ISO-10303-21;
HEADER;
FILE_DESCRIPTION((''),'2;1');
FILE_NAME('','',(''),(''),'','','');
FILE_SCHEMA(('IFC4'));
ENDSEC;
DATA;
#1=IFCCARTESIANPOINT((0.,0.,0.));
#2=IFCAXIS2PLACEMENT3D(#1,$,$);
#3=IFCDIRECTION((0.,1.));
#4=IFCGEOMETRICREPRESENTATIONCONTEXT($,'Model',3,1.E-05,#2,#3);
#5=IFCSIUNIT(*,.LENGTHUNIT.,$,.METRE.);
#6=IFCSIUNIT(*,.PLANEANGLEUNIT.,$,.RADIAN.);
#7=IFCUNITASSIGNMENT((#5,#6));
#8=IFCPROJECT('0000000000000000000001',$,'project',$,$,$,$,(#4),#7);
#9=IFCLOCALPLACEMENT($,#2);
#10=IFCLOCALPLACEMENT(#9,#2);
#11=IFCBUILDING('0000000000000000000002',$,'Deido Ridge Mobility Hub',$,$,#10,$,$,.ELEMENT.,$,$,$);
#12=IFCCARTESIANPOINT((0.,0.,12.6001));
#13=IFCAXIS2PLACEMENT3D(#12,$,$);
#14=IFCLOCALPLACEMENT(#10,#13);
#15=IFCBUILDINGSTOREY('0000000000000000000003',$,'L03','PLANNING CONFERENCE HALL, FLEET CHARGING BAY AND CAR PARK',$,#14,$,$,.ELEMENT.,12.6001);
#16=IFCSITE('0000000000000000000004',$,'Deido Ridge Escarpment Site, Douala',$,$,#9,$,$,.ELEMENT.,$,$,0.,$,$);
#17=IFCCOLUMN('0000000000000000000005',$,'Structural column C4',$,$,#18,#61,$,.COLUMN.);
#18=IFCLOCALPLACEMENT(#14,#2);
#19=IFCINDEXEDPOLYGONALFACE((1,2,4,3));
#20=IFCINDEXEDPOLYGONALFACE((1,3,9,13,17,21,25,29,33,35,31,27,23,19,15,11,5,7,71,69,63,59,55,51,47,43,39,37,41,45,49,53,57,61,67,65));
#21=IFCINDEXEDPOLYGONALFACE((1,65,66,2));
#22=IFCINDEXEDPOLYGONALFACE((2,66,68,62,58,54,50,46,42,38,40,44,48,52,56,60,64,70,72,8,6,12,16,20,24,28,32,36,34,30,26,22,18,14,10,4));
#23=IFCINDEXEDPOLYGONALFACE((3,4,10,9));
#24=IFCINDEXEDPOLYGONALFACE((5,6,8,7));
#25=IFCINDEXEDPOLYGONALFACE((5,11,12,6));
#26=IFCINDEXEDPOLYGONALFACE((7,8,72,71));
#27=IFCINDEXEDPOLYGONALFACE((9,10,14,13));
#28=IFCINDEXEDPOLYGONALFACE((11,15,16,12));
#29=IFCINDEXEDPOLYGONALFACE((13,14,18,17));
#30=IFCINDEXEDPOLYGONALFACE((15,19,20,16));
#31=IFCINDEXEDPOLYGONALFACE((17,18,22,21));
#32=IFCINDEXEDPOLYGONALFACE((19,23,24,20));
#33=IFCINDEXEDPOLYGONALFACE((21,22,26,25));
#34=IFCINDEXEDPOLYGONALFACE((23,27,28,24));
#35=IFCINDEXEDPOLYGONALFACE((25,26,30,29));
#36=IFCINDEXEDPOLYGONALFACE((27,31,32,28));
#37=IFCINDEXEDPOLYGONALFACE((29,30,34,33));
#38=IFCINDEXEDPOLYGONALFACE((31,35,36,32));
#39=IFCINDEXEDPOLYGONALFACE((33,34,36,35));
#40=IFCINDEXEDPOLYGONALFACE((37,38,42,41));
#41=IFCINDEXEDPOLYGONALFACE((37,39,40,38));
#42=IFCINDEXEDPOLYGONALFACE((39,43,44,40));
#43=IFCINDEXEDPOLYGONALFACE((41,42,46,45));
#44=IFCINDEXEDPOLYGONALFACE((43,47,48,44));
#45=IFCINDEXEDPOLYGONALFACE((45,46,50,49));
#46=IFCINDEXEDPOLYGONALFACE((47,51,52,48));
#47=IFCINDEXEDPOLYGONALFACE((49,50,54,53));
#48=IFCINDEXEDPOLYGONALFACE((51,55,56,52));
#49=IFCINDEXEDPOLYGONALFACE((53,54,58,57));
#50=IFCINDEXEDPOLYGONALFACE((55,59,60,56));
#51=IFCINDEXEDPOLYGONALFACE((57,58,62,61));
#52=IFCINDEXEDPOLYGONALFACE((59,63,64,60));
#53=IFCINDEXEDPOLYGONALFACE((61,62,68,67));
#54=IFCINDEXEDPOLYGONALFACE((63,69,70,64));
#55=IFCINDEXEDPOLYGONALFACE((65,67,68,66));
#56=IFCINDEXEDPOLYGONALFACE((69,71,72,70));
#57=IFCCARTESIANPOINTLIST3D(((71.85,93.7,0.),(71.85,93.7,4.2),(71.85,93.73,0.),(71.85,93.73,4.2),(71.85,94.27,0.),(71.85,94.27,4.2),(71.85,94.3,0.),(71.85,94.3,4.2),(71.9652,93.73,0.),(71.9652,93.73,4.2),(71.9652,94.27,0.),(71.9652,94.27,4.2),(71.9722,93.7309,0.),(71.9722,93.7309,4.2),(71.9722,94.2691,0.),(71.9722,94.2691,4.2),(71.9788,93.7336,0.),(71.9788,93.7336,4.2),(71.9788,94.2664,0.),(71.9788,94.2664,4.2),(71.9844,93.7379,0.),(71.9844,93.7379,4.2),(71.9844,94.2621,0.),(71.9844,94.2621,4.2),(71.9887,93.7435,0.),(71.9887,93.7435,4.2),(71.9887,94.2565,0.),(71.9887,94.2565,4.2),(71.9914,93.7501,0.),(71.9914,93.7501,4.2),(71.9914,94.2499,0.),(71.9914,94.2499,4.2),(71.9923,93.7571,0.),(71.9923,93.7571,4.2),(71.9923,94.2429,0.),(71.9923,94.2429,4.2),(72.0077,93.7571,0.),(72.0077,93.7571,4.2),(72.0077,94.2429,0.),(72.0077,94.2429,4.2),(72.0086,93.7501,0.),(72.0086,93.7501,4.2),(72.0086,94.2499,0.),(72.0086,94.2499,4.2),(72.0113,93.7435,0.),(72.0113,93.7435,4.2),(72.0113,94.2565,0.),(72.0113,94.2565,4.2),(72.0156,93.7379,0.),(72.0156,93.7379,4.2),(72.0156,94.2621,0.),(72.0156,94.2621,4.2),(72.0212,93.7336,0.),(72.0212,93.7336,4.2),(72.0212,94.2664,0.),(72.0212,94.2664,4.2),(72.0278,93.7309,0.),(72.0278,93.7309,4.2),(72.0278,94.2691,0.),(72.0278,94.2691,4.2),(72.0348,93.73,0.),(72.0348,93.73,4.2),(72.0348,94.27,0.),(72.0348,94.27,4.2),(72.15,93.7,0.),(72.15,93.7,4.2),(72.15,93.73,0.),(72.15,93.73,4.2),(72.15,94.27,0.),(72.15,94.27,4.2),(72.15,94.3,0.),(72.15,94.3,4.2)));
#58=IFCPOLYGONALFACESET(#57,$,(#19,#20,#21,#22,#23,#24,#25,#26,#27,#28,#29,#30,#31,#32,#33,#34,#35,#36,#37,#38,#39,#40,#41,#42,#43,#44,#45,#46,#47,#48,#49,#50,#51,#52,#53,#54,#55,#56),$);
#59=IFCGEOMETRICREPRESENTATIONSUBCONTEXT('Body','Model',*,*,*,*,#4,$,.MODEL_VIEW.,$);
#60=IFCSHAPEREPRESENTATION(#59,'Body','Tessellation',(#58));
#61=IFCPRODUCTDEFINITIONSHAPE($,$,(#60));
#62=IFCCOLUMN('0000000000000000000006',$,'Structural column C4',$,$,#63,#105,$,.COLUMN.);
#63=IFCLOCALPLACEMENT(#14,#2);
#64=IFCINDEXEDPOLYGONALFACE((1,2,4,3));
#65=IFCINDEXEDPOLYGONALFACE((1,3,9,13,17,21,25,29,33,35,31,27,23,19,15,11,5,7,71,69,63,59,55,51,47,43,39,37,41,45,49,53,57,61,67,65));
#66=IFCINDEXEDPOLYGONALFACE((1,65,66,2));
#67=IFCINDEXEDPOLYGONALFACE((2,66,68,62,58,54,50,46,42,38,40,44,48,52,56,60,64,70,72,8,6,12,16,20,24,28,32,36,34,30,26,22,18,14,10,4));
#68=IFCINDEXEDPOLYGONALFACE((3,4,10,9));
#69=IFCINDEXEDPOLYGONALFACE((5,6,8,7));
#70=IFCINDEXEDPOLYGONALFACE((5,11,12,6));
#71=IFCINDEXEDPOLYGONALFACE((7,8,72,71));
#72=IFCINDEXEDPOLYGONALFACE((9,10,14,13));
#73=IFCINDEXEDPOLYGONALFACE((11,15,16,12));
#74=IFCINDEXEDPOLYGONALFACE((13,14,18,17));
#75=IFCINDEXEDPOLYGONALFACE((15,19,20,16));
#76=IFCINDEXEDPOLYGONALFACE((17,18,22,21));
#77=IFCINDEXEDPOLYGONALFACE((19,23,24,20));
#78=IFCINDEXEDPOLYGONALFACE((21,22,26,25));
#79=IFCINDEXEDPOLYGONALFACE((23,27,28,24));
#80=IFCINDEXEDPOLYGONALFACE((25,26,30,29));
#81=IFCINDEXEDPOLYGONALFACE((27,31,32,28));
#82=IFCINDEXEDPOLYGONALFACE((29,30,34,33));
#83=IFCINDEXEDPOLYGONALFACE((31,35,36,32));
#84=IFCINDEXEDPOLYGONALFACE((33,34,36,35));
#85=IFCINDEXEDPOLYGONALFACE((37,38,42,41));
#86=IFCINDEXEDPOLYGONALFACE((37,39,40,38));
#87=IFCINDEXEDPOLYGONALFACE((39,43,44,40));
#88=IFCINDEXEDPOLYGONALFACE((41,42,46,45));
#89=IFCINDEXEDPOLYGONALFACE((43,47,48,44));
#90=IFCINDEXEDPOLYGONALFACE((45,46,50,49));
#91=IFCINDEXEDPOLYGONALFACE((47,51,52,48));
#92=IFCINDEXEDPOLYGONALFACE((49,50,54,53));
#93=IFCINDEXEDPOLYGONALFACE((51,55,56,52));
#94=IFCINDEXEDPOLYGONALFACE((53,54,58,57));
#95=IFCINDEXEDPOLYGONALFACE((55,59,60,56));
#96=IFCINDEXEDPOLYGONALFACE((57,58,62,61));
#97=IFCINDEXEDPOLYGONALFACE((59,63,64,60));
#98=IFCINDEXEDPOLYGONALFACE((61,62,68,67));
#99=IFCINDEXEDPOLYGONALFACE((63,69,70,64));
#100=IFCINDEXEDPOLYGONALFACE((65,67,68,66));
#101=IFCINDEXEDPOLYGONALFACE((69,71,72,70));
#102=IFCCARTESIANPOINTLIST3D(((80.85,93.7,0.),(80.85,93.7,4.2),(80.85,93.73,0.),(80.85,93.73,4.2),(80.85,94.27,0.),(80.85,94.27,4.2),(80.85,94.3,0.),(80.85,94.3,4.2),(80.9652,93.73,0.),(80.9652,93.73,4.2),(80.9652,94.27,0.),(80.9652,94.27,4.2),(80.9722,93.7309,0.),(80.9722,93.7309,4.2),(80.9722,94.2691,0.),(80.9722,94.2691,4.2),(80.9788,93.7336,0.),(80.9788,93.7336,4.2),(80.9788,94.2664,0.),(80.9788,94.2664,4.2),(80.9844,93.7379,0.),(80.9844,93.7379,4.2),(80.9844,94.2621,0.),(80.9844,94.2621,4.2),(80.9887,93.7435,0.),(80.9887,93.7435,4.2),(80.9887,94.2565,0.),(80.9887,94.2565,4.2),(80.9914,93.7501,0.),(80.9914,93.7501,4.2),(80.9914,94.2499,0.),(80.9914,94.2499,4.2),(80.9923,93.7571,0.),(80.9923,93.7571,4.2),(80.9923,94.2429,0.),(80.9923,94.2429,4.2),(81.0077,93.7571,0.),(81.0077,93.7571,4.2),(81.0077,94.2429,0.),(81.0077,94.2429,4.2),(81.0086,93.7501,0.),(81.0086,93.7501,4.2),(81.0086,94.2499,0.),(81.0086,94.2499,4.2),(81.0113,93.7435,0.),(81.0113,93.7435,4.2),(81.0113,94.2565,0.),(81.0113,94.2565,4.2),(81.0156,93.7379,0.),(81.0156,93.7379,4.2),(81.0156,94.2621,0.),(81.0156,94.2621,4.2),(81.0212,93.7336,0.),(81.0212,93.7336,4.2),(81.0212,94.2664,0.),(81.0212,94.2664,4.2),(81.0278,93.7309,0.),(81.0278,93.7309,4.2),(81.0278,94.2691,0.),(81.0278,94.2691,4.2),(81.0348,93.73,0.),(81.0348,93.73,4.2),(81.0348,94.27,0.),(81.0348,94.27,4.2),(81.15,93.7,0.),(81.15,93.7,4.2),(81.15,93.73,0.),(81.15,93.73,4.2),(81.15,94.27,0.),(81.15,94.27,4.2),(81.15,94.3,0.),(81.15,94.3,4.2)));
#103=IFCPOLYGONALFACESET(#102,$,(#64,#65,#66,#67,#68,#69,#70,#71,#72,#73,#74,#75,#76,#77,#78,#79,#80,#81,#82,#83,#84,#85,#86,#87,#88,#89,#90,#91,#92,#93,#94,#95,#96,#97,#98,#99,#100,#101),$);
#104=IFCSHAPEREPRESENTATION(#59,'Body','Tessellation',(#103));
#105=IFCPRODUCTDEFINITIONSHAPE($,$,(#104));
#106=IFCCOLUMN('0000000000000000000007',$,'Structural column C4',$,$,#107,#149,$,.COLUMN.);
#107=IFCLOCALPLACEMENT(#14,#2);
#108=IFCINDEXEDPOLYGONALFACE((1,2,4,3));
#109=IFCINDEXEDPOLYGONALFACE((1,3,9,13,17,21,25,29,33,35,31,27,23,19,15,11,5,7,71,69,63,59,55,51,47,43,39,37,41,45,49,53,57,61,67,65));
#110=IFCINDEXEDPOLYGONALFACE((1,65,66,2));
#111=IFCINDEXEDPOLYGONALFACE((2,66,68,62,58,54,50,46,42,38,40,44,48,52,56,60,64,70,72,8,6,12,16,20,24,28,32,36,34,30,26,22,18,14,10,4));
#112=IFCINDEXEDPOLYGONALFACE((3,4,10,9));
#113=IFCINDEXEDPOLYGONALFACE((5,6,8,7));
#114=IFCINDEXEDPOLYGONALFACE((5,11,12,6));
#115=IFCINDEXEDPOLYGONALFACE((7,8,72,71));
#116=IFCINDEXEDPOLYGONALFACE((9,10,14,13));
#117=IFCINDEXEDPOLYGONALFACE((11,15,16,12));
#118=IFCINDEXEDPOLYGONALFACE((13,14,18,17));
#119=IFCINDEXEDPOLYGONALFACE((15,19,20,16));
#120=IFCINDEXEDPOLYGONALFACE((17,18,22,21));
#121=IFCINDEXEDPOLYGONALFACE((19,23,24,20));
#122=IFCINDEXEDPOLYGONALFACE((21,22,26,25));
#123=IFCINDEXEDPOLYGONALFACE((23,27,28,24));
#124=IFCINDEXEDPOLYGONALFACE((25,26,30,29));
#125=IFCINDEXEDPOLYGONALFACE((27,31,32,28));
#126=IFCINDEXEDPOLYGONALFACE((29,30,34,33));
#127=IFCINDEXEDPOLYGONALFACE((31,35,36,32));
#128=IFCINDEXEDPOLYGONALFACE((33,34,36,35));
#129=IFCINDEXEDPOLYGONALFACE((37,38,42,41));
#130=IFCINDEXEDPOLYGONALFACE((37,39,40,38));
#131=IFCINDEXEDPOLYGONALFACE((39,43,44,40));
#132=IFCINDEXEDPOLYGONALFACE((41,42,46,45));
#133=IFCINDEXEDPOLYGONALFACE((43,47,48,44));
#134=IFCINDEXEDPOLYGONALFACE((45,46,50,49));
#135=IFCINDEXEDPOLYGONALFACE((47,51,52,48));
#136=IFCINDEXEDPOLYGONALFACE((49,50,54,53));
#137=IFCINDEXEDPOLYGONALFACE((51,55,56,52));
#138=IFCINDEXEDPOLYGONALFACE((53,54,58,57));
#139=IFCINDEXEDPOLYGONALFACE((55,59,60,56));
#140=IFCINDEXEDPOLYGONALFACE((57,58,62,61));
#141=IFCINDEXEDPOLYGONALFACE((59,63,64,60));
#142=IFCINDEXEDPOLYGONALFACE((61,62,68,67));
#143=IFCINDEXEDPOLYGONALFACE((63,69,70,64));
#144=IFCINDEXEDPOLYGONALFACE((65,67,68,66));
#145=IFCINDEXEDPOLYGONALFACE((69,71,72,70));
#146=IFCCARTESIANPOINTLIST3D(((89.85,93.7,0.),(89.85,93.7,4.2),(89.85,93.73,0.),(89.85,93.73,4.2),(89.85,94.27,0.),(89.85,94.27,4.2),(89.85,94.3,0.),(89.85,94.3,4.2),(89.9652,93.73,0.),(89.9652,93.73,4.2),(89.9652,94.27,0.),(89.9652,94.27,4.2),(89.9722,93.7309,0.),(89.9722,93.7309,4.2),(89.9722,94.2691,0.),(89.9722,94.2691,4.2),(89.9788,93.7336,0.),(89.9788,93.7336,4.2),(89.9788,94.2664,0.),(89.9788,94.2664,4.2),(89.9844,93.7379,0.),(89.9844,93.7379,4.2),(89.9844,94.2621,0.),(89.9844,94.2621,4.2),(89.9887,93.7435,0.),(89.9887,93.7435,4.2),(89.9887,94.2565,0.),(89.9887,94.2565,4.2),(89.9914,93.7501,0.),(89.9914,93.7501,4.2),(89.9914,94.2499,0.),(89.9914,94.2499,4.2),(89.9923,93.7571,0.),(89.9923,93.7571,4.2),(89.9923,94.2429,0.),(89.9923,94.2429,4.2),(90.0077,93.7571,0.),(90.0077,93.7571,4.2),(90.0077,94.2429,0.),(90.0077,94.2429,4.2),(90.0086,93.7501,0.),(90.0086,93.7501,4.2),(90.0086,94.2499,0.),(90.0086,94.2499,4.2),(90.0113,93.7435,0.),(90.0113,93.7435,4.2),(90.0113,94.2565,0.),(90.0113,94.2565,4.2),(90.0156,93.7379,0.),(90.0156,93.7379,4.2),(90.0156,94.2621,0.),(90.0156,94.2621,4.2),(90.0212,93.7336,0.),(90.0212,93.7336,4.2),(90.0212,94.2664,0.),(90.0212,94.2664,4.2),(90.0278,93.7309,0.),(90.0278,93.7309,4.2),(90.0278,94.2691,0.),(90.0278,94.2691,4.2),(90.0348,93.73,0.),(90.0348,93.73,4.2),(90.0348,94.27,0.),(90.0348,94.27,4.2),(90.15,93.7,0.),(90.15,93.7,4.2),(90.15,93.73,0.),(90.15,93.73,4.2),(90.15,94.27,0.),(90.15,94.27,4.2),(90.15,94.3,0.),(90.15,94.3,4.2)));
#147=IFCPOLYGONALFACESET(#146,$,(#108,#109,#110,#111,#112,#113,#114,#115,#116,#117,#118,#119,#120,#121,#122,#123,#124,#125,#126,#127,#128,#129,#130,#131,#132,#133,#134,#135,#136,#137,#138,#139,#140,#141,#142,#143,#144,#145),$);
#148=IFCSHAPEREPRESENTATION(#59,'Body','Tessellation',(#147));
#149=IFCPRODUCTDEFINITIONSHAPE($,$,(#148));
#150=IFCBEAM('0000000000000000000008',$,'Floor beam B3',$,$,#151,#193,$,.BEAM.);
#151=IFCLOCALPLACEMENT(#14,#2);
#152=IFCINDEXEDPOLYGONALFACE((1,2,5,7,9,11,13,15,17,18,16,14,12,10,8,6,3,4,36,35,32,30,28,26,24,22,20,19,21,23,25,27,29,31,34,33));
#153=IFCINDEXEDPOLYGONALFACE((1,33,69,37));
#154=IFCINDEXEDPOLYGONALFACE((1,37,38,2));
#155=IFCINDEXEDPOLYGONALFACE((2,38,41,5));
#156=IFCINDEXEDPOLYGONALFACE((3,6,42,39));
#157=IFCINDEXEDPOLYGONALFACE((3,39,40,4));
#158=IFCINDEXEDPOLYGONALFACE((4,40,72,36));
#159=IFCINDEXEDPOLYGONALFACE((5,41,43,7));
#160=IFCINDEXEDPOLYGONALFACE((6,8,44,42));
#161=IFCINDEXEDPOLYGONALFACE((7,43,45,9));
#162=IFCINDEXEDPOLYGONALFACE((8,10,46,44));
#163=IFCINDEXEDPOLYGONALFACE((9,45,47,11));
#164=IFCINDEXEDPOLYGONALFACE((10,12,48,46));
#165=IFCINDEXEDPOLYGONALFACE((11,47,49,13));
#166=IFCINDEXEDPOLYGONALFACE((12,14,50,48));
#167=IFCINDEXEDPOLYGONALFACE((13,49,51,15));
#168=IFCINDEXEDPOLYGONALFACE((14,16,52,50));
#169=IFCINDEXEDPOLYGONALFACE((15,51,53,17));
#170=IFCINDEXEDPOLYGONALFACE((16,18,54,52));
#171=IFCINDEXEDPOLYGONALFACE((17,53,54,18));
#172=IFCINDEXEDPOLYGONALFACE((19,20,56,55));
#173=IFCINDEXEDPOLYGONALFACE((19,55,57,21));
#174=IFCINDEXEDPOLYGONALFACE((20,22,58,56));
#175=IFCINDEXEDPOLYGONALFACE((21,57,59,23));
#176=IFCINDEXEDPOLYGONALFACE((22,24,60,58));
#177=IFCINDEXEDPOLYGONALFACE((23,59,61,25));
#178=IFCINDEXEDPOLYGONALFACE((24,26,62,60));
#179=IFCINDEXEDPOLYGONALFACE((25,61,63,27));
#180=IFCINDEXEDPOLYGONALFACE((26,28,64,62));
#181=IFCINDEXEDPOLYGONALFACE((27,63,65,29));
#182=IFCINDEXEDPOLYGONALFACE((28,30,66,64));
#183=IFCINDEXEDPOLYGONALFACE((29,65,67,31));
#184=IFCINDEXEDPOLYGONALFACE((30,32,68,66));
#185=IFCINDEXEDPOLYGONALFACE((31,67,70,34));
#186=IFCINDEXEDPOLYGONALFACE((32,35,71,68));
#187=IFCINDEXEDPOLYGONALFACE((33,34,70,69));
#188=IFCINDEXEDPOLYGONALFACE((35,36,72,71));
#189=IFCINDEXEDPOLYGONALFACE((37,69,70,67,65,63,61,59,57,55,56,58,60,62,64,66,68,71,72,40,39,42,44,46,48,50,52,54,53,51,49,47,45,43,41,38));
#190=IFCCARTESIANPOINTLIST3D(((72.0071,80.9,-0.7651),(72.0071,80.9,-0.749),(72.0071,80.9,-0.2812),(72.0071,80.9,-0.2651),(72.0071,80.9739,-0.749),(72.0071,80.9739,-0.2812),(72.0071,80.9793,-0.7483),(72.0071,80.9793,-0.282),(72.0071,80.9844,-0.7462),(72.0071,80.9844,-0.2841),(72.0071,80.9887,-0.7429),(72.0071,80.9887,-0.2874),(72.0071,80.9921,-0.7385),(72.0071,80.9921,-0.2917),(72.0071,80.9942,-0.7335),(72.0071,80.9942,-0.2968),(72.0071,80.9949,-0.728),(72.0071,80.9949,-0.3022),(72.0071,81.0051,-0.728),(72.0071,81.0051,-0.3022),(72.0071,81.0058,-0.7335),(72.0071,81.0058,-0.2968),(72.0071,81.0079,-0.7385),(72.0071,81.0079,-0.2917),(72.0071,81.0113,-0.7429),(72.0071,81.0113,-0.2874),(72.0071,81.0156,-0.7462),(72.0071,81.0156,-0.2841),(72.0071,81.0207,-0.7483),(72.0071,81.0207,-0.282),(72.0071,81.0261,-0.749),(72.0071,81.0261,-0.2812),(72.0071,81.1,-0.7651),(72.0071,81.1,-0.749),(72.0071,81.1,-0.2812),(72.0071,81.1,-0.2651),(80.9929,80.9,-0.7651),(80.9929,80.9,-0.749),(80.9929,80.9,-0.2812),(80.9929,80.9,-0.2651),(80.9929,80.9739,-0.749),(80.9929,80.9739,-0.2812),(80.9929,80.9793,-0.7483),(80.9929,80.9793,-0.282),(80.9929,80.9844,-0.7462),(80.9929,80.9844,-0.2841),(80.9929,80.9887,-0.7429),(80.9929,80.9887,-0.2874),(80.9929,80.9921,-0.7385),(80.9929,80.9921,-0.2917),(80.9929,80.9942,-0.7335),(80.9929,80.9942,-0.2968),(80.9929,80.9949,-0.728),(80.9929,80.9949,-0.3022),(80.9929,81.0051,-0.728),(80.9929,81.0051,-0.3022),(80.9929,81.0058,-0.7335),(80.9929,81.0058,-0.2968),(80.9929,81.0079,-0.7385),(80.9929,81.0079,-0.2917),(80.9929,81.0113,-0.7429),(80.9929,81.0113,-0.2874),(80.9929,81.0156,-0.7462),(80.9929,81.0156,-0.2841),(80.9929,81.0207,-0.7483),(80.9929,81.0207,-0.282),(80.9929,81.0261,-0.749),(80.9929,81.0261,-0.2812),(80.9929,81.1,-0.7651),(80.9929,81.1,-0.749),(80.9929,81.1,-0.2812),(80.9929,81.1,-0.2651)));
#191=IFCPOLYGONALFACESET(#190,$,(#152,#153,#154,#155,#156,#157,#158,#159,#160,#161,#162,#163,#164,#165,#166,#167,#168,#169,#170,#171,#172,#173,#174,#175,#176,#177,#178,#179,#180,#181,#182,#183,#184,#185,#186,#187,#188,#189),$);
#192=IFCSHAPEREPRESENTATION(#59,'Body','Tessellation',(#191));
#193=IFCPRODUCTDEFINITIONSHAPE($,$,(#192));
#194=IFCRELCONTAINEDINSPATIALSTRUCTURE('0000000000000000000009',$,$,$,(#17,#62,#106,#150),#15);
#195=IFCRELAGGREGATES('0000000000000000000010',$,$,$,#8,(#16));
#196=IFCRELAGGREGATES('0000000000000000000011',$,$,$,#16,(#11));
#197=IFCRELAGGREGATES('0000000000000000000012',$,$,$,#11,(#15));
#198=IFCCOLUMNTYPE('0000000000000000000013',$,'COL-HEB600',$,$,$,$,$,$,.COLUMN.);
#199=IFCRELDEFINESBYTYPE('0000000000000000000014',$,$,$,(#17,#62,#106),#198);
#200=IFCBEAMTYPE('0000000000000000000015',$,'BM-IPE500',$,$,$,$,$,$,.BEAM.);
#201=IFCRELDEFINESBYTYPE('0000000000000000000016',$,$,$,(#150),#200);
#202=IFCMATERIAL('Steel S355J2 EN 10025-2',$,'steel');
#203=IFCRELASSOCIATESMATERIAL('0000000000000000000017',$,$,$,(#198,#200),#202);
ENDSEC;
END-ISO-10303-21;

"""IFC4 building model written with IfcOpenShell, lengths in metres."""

from ifc_helpers import new_model, si_unit, direction, frame, origin, origin_2d, place, context, subcontext, project, spatial, i_section, extrude, material, material_profile, profile_set, type_object, element, save


model = new_model("IFC4")

# Units and contexts
model_context = context("Model", 3, precision=1e-05, world=origin(), true_north=direction((0.0, 1.0)))
body_context = subcontext(model_context, "Body", "Model", "MODEL_VIEW")
ifc_project = project(units=[si_unit("LENGTHUNIT", "METRE"), si_unit("PLANEANGLEUNIT", "RADIAN")], contexts=[model_context])

# Site, building, storey
site_placement = place(None, origin())
site = spatial("IfcSite", under=ifc_project, at=site_placement, Name="Deido Ridge Escarpment Site, Douala", CompositionType="ELEMENT", RefElevation=0.0)
building_placement = place(site_placement, origin())
building = spatial("IfcBuilding", under=site, at=building_placement, Name="Deido Ridge Mobility Hub", CompositionType="ELEMENT")
storey_placement = place(building_placement, frame((0.0, 0.0, 12.6001)))
storey = spatial("IfcBuildingStorey", under=building, at=storey_placement, Name="L03", Description="PLANNING CONFERENCE HALL, FLEET CHARGING BAY AND CAR PARK", CompositionType="ELEMENT", Elevation=12.6001)

# Columns
ifc_material_1 = material(Name="Steel S355J2 EN 10025-2", Category="steel")
ifc_material_profile_1 = material_profile(ifc_material_1, i_section(OverallWidth=0.3, OverallDepth=0.6001, WebThickness=0.0154, FlangeThickness=0.03, FilletRadius=0.0271, at=origin_2d()), Name="HEB 600")
ifc_profile_set_1 = profile_set([ifc_material_profile_1], Name="Steel S355J2 EN 10025-2")
column_type_1 = type_object("IfcColumnType", Name="COL-HEB600", PredefinedType="COLUMN", material=ifc_profile_set_1)
for number, where, z_axis, x_axis, name in (
    (1, (72.0, 94.0, 0.0), (0.0, 0.0, 1.0), (1.0, 0.0, 0.0), "Structural column C4"),
    (2, (81.0, 94.0, 0.0), (0.0, 0.0, 1.0), (1.0, 0.0, 0.0), "Structural column C4"),
    (3, (90.0, 94.0, 0.0), (0.0, 0.0, 1.0), (1.0, 0.0, 0.0), "Structural column C4"),
):
    element("IfcColumn", number, at=place(storey_placement, frame(where, z_axis=z_axis, x_axis=x_axis)), inside=storey, type_object=column_type_1, Name=name, PredefinedType="COLUMN", context=body_context, shape_type="SweptSolid", body=[
        extrude(i_section(OverallWidth=0.3, OverallDepth=0.6001, WebThickness=0.0154, FlangeThickness=0.03, FilletRadius=0.0271, at=origin_2d()), origin(), (0.0, 0.0, 1.0), 4.2),
    ])

# Beam
ifc_material_profile_2 = material_profile(ifc_material_1, i_section(OverallWidth=0.2, OverallDepth=0.5, WebThickness=0.0103, FlangeThickness=0.0161, FilletRadius=0.021, at=origin_2d()), Name="IPE 500")
ifc_profile_set_2 = profile_set([ifc_material_profile_2], Name="Steel S355J2 EN 10025-2")
beam_type_1 = type_object("IfcBeamType", Name="BM-IPE500", PredefinedType="BEAM", material=ifc_profile_set_2)
for number, where, z_axis, x_axis, name in (
    (4, (72.0071, 81.0, -0.5151), (1.0, 0.0, 0.0), (0.0, 1.0, 0.0), "Floor beam B3"),
):
    element("IfcBeam", number, at=place(storey_placement, frame(where, z_axis=z_axis, x_axis=x_axis)), inside=storey, type_object=beam_type_1, Name=name, PredefinedType="BEAM", context=body_context, shape_type="SweptSolid", body=[
        extrude(i_section(OverallWidth=0.2, OverallDepth=0.5, WebThickness=0.0103, FlangeThickness=0.0161, FilletRadius=0.021, at=origin_2d()), origin(), (0.0, 0.0, 1.0), 8.9858),
    ])

save(model, "model.ifc")
